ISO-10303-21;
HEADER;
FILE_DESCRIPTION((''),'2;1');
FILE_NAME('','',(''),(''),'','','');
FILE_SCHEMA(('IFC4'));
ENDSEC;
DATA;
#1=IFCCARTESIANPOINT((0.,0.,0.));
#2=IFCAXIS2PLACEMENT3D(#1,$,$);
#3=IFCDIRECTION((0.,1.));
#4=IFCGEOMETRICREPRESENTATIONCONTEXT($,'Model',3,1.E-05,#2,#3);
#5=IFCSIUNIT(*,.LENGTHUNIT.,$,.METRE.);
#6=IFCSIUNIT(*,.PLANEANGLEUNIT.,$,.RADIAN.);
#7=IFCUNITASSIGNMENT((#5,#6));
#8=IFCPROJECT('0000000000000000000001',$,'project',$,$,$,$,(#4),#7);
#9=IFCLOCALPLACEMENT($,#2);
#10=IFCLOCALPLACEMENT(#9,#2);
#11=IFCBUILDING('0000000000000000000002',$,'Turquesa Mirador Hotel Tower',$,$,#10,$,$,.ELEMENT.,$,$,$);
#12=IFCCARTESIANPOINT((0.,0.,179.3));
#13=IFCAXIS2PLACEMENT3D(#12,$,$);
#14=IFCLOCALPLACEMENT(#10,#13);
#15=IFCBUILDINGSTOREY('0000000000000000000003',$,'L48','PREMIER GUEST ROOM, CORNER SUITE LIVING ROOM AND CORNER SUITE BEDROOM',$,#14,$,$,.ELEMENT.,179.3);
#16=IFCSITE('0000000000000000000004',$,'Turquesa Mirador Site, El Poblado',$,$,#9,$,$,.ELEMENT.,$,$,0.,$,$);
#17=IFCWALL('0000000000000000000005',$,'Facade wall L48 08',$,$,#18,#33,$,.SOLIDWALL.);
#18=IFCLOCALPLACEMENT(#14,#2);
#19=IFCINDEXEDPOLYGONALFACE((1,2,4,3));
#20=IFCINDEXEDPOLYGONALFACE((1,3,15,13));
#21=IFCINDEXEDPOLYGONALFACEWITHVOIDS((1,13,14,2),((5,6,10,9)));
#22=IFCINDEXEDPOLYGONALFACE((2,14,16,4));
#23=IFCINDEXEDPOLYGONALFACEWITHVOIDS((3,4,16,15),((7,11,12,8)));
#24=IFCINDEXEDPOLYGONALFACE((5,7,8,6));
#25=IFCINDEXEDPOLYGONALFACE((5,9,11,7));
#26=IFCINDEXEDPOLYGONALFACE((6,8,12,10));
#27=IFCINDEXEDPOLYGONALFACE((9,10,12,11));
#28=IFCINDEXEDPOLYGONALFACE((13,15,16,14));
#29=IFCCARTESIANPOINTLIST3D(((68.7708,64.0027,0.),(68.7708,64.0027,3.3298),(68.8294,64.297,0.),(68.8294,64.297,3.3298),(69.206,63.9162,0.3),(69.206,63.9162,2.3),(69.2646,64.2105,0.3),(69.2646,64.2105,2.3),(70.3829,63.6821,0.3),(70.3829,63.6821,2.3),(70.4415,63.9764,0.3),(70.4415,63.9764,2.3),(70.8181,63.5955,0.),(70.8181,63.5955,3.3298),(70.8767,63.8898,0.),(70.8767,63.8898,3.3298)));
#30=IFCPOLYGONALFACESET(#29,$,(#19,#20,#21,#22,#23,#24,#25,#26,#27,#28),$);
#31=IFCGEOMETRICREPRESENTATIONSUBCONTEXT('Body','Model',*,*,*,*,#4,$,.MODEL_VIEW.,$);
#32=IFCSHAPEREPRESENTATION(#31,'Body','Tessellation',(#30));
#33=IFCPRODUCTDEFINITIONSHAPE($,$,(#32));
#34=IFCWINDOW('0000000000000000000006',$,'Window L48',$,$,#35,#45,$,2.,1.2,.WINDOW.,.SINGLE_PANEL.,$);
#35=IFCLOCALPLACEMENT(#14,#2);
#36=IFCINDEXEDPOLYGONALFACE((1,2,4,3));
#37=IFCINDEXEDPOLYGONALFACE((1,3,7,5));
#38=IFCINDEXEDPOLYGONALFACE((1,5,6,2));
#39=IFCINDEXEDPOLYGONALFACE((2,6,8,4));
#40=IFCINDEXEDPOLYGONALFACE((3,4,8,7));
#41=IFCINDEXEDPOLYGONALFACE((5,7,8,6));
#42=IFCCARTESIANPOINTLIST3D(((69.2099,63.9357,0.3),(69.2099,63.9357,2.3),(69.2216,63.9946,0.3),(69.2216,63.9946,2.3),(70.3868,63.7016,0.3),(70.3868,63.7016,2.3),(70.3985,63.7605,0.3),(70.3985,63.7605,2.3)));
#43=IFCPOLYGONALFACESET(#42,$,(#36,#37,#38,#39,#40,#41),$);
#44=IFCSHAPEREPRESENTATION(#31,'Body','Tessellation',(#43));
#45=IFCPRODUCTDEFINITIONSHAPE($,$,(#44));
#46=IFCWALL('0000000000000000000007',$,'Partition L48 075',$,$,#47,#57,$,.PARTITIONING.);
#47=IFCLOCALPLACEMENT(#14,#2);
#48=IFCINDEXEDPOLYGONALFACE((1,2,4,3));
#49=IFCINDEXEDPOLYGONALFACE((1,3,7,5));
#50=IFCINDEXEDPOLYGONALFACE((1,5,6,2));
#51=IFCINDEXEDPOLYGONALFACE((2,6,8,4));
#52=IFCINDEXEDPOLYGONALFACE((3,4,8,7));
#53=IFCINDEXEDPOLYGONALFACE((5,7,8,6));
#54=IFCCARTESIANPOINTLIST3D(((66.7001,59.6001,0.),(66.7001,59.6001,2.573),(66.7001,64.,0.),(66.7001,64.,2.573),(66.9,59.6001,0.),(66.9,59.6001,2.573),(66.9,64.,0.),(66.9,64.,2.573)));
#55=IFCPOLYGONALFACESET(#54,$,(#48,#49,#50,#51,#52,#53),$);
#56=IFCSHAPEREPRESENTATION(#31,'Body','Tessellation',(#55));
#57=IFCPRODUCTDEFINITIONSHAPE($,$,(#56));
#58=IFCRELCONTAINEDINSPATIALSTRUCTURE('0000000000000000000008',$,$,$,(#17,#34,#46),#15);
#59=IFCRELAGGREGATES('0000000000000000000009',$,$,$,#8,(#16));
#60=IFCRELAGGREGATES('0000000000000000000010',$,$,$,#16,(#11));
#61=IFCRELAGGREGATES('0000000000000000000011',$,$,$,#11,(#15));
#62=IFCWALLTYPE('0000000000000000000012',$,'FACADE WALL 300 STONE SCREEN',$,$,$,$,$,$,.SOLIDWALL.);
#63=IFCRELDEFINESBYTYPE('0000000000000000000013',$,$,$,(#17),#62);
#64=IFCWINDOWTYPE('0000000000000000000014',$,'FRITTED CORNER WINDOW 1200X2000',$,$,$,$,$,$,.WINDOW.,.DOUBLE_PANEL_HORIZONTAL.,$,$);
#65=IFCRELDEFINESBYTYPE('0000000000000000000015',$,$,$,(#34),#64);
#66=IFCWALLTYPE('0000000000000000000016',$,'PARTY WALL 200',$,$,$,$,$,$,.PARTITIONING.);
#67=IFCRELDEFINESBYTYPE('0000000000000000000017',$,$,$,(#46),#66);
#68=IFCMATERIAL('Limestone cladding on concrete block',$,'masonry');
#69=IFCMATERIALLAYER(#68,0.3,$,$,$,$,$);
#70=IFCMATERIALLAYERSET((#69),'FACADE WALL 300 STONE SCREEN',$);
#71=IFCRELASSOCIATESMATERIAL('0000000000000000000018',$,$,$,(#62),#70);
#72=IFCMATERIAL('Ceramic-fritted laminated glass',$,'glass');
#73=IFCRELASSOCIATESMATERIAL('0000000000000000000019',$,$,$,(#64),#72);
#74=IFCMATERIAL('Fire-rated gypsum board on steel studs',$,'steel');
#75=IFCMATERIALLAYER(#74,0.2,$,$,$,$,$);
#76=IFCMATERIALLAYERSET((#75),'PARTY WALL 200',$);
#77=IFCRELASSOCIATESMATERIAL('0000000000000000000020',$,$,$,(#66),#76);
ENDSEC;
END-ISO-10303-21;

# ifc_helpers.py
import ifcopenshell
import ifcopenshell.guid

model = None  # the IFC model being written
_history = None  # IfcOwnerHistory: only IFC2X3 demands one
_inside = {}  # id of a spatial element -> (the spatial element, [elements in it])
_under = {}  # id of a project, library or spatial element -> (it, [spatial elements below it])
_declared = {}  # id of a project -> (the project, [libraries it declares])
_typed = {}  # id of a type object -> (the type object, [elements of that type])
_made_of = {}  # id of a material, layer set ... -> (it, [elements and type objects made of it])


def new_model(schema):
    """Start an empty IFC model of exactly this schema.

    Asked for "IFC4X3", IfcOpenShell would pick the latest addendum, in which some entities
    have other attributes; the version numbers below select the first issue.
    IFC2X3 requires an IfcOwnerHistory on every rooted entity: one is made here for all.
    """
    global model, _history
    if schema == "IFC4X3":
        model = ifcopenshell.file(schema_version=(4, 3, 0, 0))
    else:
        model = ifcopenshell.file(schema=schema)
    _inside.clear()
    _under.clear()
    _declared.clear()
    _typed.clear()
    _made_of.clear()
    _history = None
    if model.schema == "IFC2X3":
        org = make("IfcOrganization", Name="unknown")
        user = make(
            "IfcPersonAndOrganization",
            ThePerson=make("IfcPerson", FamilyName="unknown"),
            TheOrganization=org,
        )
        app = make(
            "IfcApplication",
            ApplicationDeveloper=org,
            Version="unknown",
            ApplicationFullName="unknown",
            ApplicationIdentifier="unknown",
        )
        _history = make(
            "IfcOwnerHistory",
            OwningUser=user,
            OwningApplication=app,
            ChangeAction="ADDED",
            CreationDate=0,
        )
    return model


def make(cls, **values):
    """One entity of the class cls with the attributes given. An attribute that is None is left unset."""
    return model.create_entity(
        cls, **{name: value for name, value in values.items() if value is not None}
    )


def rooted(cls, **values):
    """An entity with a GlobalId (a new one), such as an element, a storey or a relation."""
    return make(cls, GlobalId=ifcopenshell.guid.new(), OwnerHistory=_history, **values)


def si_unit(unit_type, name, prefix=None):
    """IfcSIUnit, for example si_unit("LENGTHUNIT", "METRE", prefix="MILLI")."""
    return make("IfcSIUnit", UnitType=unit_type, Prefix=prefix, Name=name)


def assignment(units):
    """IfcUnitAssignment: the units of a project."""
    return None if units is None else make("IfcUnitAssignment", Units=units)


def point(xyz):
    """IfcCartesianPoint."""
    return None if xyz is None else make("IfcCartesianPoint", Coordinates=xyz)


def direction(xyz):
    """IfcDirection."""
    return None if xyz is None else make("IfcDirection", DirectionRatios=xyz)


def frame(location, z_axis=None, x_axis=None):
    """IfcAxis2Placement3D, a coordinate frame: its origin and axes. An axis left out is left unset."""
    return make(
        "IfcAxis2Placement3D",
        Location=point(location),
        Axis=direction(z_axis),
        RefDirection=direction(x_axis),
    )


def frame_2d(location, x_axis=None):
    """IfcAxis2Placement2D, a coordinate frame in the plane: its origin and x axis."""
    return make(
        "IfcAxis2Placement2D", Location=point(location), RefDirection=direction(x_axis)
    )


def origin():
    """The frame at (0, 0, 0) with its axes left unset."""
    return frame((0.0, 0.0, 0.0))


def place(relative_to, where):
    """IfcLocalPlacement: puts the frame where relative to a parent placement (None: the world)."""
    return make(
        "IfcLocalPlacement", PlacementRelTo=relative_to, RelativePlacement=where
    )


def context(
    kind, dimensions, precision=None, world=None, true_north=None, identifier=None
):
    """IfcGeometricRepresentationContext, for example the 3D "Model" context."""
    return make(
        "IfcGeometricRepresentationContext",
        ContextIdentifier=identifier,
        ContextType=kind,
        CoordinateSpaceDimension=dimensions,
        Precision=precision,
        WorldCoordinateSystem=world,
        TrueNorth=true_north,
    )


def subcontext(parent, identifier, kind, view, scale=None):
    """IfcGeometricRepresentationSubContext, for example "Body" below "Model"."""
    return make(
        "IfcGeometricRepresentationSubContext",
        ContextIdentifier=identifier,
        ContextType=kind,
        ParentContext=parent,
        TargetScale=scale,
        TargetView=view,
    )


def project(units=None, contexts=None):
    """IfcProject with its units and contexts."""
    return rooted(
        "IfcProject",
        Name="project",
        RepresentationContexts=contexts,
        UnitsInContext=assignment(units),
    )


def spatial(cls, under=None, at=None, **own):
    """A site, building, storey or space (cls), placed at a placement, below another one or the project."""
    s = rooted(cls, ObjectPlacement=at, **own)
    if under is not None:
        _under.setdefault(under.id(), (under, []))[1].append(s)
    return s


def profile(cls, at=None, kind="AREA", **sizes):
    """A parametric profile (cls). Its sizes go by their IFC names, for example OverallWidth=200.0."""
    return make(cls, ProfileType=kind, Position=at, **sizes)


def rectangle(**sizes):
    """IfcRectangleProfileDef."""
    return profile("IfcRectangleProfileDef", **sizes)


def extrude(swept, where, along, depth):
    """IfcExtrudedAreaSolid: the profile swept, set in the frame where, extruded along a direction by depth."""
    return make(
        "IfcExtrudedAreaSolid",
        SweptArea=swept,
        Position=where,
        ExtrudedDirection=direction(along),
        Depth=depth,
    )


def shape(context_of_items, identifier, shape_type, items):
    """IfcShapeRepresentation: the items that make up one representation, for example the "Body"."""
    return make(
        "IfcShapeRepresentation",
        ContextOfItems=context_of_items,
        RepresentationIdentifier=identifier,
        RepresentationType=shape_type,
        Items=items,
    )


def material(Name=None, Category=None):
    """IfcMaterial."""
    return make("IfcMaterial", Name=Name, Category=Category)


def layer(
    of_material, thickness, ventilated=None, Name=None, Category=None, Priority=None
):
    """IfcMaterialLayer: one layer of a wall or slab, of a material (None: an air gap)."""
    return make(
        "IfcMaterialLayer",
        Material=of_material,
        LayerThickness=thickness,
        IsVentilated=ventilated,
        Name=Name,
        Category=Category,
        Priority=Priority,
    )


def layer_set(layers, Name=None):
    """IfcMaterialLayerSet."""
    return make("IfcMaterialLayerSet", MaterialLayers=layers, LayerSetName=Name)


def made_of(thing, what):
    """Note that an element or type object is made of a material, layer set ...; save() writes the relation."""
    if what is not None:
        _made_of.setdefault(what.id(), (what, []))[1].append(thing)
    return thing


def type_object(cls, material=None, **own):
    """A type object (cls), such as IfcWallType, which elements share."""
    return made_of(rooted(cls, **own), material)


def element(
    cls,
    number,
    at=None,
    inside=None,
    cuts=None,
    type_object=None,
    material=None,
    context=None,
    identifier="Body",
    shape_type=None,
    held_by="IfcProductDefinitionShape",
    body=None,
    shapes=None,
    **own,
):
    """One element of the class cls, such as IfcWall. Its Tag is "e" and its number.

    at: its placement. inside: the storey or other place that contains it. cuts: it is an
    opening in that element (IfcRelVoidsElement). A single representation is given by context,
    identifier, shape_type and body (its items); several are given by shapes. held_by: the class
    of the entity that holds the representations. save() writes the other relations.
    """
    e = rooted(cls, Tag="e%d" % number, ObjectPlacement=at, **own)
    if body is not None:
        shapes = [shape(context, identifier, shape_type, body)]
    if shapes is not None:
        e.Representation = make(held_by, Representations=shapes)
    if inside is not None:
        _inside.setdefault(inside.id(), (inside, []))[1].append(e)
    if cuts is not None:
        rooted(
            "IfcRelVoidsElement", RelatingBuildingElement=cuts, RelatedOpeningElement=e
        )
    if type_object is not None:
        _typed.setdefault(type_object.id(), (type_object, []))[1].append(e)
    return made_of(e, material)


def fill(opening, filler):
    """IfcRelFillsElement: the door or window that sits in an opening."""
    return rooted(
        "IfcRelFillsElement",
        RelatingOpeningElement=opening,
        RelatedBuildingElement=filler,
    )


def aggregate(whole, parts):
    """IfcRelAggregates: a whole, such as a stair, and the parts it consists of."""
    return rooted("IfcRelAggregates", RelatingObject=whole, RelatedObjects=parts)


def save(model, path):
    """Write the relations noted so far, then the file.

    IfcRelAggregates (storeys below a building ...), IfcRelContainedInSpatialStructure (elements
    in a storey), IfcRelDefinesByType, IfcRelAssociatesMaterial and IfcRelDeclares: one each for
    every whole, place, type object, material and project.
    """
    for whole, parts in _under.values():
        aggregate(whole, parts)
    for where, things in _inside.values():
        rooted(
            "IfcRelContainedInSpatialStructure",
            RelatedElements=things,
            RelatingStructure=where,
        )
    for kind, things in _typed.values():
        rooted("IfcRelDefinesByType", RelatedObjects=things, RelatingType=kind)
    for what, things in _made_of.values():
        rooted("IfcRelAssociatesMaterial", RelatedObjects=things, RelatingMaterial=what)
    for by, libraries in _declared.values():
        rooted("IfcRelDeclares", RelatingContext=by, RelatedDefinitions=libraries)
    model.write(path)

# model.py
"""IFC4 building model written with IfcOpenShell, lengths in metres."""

from ifc_helpers import new_model, si_unit, direction, frame, frame_2d, origin, place, context, subcontext, project, spatial, rectangle, extrude, material, layer, layer_set, type_object, element, fill, save


model = new_model("IFC4")

# Units and contexts
model_context = context("Model", 3, precision=1e-05, world=origin(), true_north=direction((0.0, 1.0)))
body_context = subcontext(model_context, "Body", "Model", "MODEL_VIEW")
ifc_project = project(units=[si_unit("LENGTHUNIT", "METRE"), si_unit("PLANEANGLEUNIT", "RADIAN")], contexts=[model_context])

# Site, building, storey
site_placement = place(None, origin())
site = spatial("IfcSite", under=ifc_project, at=site_placement, Name="Turquesa Mirador Site, El Poblado", CompositionType="ELEMENT", RefElevation=0.0)
building_placement = place(site_placement, origin())
building = spatial("IfcBuilding", under=site, at=building_placement, Name="Turquesa Mirador Hotel Tower", CompositionType="ELEMENT")
storey_placement = place(building_placement, frame((0.0, 0.0, 179.3)))
storey = spatial("IfcBuildingStorey", under=building, at=storey_placement, Name="L48", Description="PREMIER GUEST ROOM, CORNER SUITE LIVING ROOM AND CORNER SUITE BEDROOM", CompositionType="ELEMENT", Elevation=179.3)

# Wall, opening, window
ifc_material_1 = material(Name="Limestone cladding on concrete block", Category="masonry")
ifc_layer_1 = layer(ifc_material_1, 0.3)
ifc_layer_set_1 = layer_set([ifc_layer_1], Name="FACADE WALL 300 STONE SCREEN")
wall_type_1 = type_object("IfcWallType", Name="FACADE WALL 300 STONE SCREEN", PredefinedType="SOLIDWALL", material=ifc_layer_set_1)
ifc_material_2 = material(Name="Ceramic-fritted laminated glass", Category="glass")
window_type_1 = type_object("IfcWindowType", Name="FRITTED CORNER WINDOW 1200X2000", PartitioningType="DOUBLE_PANEL_HORIZONTAL", PredefinedType="WINDOW", material=ifc_material_2)
wall_1_placement = place(storey_placement, frame((70.8474, 63.7427, 0.0), z_axis=(0.0, 0.0, 1.0), x_axis=(-0.980787, 0.195081, 0.0)))
wall_1 = element("IfcWall", 1, at=wall_1_placement, inside=storey, type_object=wall_type_1, Name="Facade wall L48 08", PredefinedType="SOLIDWALL", context=body_context, shape_type="SweptSolid", body=[
    extrude(rectangle(XDim=2.0874, YDim=0.3, at=frame_2d((1.0437, 0.0))), origin(), (0.0, 0.0, 1.0), 3.3298),
])
opening_1_placement = place(wall_1_placement, frame((0.4436, 0.0, 0.3)))
opening_1 = element("IfcOpeningElement", 2, at=opening_1_placement, cuts=wall_1, PredefinedType="OPENING", context=body_context, shape_type="SweptSolid", body=[
    extrude(rectangle(XDim=1.2, YDim=2.0, at=frame_2d((0.6001, 1.0))), frame((0.0, 0.1599, 0.0), z_axis=(0.0, -1.0, 0.0), x_axis=(1.0, 0.0, 0.0)), (0.0, 0.0, 1.0), 0.3201),
])
window_1_placement = place(opening_1_placement, origin())
window_1 = element("IfcWindow", 3, at=window_1_placement, inside=storey, type_object=window_type_1, Name="Window L48", OverallHeight=2.0, OverallWidth=1.2, PartitioningType="SINGLE_PANEL", PredefinedType="WINDOW", context=body_context, shape_type="SweptSolid", body=[
    extrude(rectangle(XDim=1.2, YDim=2.0, at=frame_2d((0.6001, 1.0))), frame((0.0, 0.1301, 0.0), z_axis=(0.0, -1.0, 0.0), x_axis=(1.0, 0.0, 0.0)), (0.0, 0.0, 1.0), 0.0601),
])
fill(opening_1, window_1)

# Wall
ifc_material_3 = material(Name="Fire-rated gypsum board on steel studs", Category="steel")
ifc_layer_2 = layer(ifc_material_3, 0.2)
ifc_layer_set_2 = layer_set([ifc_layer_2], Name="PARTY WALL 200")
wall_type_2 = type_object("IfcWallType", Name="PARTY WALL 200", PredefinedType="PARTITIONING", material=ifc_layer_set_2)
wall_2_placement = place(storey_placement, frame((66.8, 59.6001, 0.0), z_axis=(0.0, 0.0, 1.0), x_axis=(0.0, 1.0, 0.0)))
element("IfcWall", 4, at=wall_2_placement, inside=storey, type_object=wall_type_2, Name="Partition L48 075", PredefinedType="PARTITIONING", context=body_context, shape_type="SweptSolid", body=[
    extrude(rectangle(XDim=4.3999, YDim=0.2, at=frame_2d((2.2, 0.0))), origin(), (0.0, 0.0, 1.0), 2.573),
])

save(model, "model.ifc")
